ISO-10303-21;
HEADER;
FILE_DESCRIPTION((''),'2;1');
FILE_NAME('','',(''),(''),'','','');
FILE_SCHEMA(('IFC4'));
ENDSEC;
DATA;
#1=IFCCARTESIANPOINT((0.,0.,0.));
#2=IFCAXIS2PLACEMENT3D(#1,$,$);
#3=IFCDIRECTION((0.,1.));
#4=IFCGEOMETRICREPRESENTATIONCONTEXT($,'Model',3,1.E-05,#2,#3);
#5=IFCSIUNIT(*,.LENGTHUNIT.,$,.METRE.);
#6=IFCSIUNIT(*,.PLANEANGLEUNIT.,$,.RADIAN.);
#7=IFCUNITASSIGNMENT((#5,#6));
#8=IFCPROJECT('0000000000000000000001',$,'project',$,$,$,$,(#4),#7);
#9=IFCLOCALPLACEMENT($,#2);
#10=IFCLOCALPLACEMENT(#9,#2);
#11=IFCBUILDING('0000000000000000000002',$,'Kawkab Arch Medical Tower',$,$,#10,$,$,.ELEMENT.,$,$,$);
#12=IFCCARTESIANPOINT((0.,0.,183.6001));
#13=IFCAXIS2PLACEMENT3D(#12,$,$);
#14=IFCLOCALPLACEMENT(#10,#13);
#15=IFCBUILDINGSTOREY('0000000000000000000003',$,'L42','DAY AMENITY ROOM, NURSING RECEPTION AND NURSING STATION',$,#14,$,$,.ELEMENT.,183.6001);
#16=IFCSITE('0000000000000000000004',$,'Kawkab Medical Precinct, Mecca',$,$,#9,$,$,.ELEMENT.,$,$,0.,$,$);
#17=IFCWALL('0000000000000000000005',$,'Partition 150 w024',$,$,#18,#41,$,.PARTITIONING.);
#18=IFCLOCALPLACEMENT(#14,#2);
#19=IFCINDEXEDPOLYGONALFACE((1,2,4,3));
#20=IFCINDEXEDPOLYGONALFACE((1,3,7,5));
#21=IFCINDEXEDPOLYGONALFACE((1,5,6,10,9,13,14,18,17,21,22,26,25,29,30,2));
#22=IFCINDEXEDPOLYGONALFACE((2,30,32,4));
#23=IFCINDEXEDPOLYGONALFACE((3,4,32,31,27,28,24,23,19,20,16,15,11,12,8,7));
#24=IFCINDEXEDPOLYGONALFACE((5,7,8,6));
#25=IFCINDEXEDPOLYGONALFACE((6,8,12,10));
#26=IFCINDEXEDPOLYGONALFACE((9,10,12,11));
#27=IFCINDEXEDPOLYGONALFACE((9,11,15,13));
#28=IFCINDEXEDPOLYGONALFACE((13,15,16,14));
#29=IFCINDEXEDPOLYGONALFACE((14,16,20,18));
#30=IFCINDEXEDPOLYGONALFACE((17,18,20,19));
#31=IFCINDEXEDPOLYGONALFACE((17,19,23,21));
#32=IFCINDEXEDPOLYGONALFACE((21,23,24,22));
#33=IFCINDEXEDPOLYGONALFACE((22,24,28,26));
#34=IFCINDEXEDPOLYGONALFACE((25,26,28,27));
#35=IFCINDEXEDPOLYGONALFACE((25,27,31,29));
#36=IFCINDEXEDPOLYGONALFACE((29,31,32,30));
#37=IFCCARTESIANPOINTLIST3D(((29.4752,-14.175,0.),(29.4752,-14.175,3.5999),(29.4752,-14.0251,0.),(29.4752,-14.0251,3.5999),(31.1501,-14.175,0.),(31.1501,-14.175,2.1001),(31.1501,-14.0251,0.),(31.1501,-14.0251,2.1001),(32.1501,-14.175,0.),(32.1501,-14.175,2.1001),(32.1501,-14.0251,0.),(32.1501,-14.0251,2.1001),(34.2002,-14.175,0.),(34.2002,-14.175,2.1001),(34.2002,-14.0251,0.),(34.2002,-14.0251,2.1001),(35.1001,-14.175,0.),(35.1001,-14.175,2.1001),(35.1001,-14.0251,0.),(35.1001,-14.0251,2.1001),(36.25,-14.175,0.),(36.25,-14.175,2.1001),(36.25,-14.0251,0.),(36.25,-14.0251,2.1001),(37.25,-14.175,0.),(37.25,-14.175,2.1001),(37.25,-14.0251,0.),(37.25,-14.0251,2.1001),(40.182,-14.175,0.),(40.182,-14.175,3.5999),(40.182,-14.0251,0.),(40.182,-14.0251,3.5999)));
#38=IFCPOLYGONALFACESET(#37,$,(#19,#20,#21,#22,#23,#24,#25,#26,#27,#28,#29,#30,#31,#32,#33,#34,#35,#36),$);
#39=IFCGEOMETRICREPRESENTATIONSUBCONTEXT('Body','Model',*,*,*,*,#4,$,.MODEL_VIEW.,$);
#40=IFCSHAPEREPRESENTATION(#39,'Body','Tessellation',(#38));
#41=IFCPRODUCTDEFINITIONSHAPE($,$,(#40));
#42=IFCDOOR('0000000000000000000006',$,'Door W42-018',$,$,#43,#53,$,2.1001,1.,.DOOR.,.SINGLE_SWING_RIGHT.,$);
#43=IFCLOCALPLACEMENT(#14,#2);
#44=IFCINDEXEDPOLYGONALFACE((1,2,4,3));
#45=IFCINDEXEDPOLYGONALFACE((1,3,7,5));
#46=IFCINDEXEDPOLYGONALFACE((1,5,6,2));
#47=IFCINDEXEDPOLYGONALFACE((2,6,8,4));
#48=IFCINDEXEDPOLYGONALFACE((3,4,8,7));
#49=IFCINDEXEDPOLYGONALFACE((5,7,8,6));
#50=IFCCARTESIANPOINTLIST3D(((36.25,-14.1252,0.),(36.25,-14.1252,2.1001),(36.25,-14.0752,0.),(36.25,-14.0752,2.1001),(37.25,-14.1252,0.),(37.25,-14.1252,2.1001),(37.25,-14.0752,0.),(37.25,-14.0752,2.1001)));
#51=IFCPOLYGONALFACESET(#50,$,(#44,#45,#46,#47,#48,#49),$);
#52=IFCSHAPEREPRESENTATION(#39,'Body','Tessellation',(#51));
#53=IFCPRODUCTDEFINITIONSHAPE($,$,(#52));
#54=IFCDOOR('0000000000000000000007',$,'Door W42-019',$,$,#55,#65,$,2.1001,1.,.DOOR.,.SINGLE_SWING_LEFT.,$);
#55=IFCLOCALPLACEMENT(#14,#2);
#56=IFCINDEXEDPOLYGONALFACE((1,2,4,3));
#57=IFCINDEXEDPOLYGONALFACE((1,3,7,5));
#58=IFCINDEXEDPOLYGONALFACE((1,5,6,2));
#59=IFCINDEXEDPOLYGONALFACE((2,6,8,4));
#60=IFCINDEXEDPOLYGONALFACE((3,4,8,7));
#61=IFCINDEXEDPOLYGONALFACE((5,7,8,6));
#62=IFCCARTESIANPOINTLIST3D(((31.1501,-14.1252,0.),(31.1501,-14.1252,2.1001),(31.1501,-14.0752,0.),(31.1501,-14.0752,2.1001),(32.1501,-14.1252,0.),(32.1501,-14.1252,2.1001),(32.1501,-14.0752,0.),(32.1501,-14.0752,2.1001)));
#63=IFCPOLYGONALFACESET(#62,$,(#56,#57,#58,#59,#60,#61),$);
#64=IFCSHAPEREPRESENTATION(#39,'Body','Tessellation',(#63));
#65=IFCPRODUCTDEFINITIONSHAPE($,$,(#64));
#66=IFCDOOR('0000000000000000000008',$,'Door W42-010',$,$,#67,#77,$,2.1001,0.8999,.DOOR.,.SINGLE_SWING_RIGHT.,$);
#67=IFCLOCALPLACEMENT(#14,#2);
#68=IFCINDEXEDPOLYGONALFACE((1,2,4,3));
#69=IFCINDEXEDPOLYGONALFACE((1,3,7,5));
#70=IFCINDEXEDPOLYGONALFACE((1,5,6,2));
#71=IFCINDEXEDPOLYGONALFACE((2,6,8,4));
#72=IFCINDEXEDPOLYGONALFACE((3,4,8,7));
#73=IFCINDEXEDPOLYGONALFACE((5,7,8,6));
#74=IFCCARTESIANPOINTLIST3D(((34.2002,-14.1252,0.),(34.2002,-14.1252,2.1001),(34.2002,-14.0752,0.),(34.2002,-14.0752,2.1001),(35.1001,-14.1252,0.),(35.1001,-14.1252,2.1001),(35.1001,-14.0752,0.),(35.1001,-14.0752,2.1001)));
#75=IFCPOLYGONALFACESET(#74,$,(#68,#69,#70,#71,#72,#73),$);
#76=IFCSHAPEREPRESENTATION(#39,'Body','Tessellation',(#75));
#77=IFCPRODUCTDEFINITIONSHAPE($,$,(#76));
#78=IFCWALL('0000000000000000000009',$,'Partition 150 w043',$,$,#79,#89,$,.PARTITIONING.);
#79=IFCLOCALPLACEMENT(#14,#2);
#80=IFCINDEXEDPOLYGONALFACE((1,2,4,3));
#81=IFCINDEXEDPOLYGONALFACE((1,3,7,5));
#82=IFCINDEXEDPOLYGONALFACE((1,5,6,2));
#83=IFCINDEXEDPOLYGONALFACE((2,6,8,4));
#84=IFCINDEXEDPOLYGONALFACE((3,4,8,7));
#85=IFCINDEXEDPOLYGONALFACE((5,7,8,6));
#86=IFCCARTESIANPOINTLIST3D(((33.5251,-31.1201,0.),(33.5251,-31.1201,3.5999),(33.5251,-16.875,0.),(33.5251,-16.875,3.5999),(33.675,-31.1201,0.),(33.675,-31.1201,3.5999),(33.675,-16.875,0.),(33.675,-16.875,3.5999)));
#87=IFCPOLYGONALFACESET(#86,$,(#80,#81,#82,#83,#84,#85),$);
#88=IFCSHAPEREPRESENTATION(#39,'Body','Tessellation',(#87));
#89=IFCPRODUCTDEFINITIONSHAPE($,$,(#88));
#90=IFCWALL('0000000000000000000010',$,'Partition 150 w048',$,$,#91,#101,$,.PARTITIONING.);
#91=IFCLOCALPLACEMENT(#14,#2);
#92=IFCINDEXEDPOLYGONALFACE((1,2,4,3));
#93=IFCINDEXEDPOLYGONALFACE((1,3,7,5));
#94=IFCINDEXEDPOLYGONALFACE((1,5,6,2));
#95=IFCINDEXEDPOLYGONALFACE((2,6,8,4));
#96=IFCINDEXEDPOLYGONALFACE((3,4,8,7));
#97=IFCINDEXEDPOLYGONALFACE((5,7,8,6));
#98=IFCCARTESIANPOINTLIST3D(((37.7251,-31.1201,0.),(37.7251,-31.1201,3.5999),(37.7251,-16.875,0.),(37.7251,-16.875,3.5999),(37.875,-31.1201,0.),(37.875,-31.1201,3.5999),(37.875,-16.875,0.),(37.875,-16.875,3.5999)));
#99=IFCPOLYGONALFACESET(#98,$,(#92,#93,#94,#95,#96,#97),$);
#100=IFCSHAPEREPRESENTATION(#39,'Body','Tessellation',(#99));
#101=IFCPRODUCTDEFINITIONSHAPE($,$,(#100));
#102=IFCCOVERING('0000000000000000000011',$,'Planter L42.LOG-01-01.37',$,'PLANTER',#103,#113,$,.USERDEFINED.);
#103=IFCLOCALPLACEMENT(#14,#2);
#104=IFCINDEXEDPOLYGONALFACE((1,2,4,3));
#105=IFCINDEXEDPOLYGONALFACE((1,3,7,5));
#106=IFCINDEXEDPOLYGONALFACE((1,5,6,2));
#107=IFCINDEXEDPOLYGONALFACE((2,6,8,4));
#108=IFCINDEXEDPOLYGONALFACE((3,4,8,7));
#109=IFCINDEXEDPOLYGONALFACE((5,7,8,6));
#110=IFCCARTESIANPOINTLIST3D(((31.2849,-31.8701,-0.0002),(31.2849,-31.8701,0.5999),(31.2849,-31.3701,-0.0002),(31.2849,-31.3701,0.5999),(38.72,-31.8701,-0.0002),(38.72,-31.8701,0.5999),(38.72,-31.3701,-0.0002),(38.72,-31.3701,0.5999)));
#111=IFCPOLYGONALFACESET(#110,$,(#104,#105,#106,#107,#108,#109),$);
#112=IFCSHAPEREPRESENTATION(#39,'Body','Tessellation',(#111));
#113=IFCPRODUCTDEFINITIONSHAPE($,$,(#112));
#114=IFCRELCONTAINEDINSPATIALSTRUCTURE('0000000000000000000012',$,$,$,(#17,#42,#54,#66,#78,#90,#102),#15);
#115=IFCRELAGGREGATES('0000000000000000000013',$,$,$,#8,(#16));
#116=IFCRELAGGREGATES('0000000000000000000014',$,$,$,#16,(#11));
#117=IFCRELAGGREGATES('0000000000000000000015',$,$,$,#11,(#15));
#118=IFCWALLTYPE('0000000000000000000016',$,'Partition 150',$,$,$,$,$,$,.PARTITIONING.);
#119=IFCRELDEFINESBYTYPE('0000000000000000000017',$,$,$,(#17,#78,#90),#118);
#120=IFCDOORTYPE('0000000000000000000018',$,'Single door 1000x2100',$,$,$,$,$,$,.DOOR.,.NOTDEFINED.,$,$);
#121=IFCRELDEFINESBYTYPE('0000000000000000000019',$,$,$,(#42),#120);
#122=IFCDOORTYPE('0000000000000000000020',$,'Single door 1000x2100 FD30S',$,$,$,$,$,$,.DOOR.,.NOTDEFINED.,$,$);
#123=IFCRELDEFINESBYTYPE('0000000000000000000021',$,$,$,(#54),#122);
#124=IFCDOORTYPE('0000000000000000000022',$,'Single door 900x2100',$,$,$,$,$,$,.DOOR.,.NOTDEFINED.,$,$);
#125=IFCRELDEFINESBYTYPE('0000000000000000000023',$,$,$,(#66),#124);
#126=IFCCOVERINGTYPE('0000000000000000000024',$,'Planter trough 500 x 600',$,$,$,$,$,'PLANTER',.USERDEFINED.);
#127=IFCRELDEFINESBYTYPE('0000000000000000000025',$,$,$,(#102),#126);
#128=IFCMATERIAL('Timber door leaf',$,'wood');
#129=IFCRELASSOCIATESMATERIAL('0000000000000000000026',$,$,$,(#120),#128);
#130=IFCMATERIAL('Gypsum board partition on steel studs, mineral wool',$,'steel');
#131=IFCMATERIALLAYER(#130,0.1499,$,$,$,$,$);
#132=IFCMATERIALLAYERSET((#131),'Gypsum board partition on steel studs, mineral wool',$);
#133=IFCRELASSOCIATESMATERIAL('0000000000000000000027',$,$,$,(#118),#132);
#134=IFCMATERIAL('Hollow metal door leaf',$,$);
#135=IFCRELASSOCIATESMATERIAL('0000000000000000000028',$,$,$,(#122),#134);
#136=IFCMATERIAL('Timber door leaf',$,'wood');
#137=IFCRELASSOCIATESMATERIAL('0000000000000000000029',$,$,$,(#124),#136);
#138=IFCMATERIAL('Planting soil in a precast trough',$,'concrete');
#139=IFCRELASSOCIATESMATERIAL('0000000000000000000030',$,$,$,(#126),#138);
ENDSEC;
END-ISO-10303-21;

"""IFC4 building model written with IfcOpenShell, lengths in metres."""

from ifc_helpers import new_model, si_unit, direction, frame, frame_2d, origin, origin_2d, place, context, subcontext, project, spatial, rectangle, extrude, material, layer, layer_set, material_profile, profile_set, type_object, element, fill, save


model = new_model("IFC4")

# Units and contexts
model_context = context("Model", 3, precision=1e-05, world=origin(), true_north=direction((0.0, 1.0)))
body_context = subcontext(model_context, "Body", "Model", "MODEL_VIEW")
ifc_project = project(units=[si_unit("LENGTHUNIT", "METRE"), si_unit("PLANEANGLEUNIT", "RADIAN")], contexts=[model_context])

# Site, building, storey
site_placement = place(None, origin())
site = spatial("IfcSite", under=ifc_project, at=site_placement, Name="Kawkab Medical Precinct, Mecca", CompositionType="ELEMENT", RefElevation=0.0)
building_placement = place(site_placement, origin())
building = spatial("IfcBuilding", under=site, at=building_placement, Name="Kawkab Arch Medical Tower", CompositionType="ELEMENT")
storey_placement = place(building_placement, frame((0.0, 0.0, 183.6001)))
storey = spatial("IfcBuildingStorey", under=building, at=storey_placement, Name="L42", Description="DAY AMENITY ROOM, NURSING RECEPTION AND NURSING STATION", CompositionType="ELEMENT", Elevation=183.6001)

# Shared definitions
ifc_material_1 = material(Name="Timber door leaf", Category="wood")
door_type_1 = type_object("IfcDoorType", Name="Single door 1000x2100", OperationType="NOTDEFINED", PredefinedType="DOOR", material=ifc_material_1)

# Shared definitions
ifc_material_2 = material(Name="Gypsum board partition on steel studs, mineral wool", Category="steel")
ifc_layer_1 = layer(ifc_material_2, 0.1499)
ifc_layer_set_1 = layer_set([ifc_layer_1], Name="Gypsum board partition on steel studs, mineral wool")
wall_type_1 = type_object("IfcWallType", Name="Partition 150", PredefinedType="PARTITIONING", material=ifc_layer_set_1)

# Wall, openings, doors
wall_1_placement = place(storey_placement, frame((29.4751, -14.1001, 0.0), z_axis=(0.0, 0.0, 1.0), x_axis=(1.0, 0.0, 0.0)))
wall_1 = element("IfcWall", 1, at=wall_1_placement, inside=storey, type_object=wall_type_1, Name="Partition 150 w024", PredefinedType="PARTITIONING", context=body_context, shape_type="SweptSolid", body=[
    extrude(rectangle(XDim=10.7068, YDim=0.1499, at=frame_2d((5.3535, 0.0))), origin(), (0.0, 0.0, 1.0), 3.5999),
])
opening_1_placement = place(wall_1_placement, frame((1.675, 0.0, 0.0)))
opening_1 = element("IfcOpeningElement", 2, at=opening_1_placement, cuts=wall_1, PredefinedType="OPENING", context=body_context, shape_type="SweptSolid", body=[
    extrude(rectangle(XDim=1.0, YDim=2.1001, at=frame_2d((0.5, 1.05))), frame((0.0, 0.085, 0.0), z_axis=(0.0, -1.0, 0.0), x_axis=(1.0, 0.0, 0.0)), (0.0, 0.0, 1.0), 0.1699),
])
opening_2_placement = place(wall_1_placement, frame((4.7251, 0.0, 0.0)))
opening_2 = element("IfcOpeningElement", 3, at=opening_2_placement, cuts=wall_1, PredefinedType="OPENING", context=body_context, shape_type="SweptSolid", body=[
    extrude(rectangle(XDim=0.8999, YDim=2.1001, at=frame_2d((0.45, 1.05))), frame((0.0, 0.085, 0.0), z_axis=(0.0, -1.0, 0.0), x_axis=(1.0, 0.0, 0.0)), (0.0, 0.0, 1.0), 0.1699),
])
opening_3_placement = place(wall_1_placement, frame((6.7749, 0.0, 0.0)))
opening_3 = element("IfcOpeningElement", 4, at=opening_3_placement, cuts=wall_1, PredefinedType="OPENING", context=body_context, shape_type="SweptSolid", body=[
    extrude(rectangle(XDim=1.0, YDim=2.1001, at=frame_2d((0.5, 1.05))), frame((0.0, 0.085, 0.0), z_axis=(0.0, -1.0, 0.0), x_axis=(1.0, 0.0, 0.0)), (0.0, 0.0, 1.0), 0.1699),
])
door_1_placement = place(opening_3_placement, origin())
door_1 = element("IfcDoor", 5, at=door_1_placement, inside=storey, type_object=door_type_1, Name="Door W42-018", OperationType="SINGLE_SWING_RIGHT", OverallHeight=2.1001, OverallWidth=1.0, PredefinedType="DOOR", context=body_context, shape_type="SweptSolid", body=[
    extrude(rectangle(XDim=1.0, YDim=2.1001, at=frame_2d((0.5, 1.05))), frame((0.0, 0.0249, 0.0), z_axis=(0.0, -1.0, 0.0), x_axis=(1.0, 0.0, 0.0)), (0.0, 0.0, 1.0), 0.05),
])
fill(opening_3, door_1)
ifc_material_3 = material(Name="Hollow metal door leaf")
door_type_2 = type_object("IfcDoorType", Name="Single door 1000x2100 FD30S", OperationType="NOTDEFINED", PredefinedType="DOOR", material=ifc_material_3)
door_2_placement = place(opening_1_placement, origin())
door_2 = element("IfcDoor", 6, at=door_2_placement, inside=storey, type_object=door_type_2, Name="Door W42-019", OperationType="SINGLE_SWING_LEFT", OverallHeight=2.1001, OverallWidth=1.0, PredefinedType="DOOR", context=body_context, shape_type="SweptSolid", body=[
    extrude(rectangle(XDim=1.0, YDim=2.1001, at=frame_2d((0.5, 1.05))), frame((0.0, 0.0249, 0.0), z_axis=(0.0, -1.0, 0.0), x_axis=(1.0, 0.0, 0.0)), (0.0, 0.0, 1.0), 0.05),
])
fill(opening_1, door_2)
ifc_material_4 = material(Name="Timber door leaf", Category="wood")
door_type_3 = type_object("IfcDoorType", Name="Single door 900x2100", OperationType="NOTDEFINED", PredefinedType="DOOR", material=ifc_material_4)
door_3_placement = place(opening_2_placement, origin())
door_3 = element("IfcDoor", 7, at=door_3_placement, inside=storey, type_object=door_type_3, Name="Door W42-010", OperationType="SINGLE_SWING_RIGHT", OverallHeight=2.1001, OverallWidth=0.8999, PredefinedType="DOOR", context=body_context, shape_type="SweptSolid", body=[
    extrude(rectangle(XDim=0.8999, YDim=2.1001, at=frame_2d((0.45, 1.05))), frame((0.0, 0.0249, 0.0), z_axis=(0.0, -1.0, 0.0), x_axis=(1.0, 0.0, 0.0)), (0.0, 0.0, 1.0), 0.05),
])
fill(opening_2, door_3)

# Walls
for number, where, z_axis, x_axis, name in (
    (8, (33.6001, -31.1201, 0.0), (0.0, 0.0, 1.0), (0.0, 1.0, 0.0), "Partition 150 w043"),
    (9, (37.8, -31.1201, 0.0), (0.0, 0.0, 1.0), (0.0, 1.0, 0.0), "Partition 150 w048"),
):
    element("IfcWall", number, at=place(storey_placement, frame(where, z_axis=z_axis, x_axis=x_axis)), inside=storey, type_object=wall_type_1, Name=name, PredefinedType="PARTITIONING", context=body_context, shape_type="SweptSolid", body=[
        extrude(rectangle(XDim=14.2451, YDim=0.1499, at=frame_2d((7.1226, 0.0))), origin(), (0.0, 0.0, 1.0), 3.5999),
    ])

# Covering
ifc_material_5 = material(Name="Planting soil in a precast trough", Category="concrete")
ifc_material_profile_1 = material_profile(ifc_material_5, rectangle(XDim=0.5, YDim=0.6001, at=origin_2d()), Name="Trough 500x600")
ifc_profile_set_1 = profile_set([ifc_material_profile_1], Name="Planting soil in a precast trough")
covering_type = type_object("IfcCoveringType", Name="Planter trough 500 x 600", ElementType="PLANTER", PredefinedType="USERDEFINED", material=ifc_profile_set_1)
covering_placement = place(storey_placement, frame((38.72, -31.6201, 0.2998), z_axis=(-1.0, 0.0, 0.0), x_axis=(0.0, -1.0, 0.0)))
element("IfcCovering", 10, at=covering_placement, inside=storey, type_object=covering_type, Name="Planter L42.LOG-01-01.37", ObjectType="PLANTER", PredefinedType="USERDEFINED", context=body_context, shape_type="SweptSolid", body=[
    extrude(rectangle(XDim=0.5, YDim=0.6001, at=origin_2d()), origin(), (0.0, 0.0, 1.0), 7.4351),
])

save(model, "model.ifc")
